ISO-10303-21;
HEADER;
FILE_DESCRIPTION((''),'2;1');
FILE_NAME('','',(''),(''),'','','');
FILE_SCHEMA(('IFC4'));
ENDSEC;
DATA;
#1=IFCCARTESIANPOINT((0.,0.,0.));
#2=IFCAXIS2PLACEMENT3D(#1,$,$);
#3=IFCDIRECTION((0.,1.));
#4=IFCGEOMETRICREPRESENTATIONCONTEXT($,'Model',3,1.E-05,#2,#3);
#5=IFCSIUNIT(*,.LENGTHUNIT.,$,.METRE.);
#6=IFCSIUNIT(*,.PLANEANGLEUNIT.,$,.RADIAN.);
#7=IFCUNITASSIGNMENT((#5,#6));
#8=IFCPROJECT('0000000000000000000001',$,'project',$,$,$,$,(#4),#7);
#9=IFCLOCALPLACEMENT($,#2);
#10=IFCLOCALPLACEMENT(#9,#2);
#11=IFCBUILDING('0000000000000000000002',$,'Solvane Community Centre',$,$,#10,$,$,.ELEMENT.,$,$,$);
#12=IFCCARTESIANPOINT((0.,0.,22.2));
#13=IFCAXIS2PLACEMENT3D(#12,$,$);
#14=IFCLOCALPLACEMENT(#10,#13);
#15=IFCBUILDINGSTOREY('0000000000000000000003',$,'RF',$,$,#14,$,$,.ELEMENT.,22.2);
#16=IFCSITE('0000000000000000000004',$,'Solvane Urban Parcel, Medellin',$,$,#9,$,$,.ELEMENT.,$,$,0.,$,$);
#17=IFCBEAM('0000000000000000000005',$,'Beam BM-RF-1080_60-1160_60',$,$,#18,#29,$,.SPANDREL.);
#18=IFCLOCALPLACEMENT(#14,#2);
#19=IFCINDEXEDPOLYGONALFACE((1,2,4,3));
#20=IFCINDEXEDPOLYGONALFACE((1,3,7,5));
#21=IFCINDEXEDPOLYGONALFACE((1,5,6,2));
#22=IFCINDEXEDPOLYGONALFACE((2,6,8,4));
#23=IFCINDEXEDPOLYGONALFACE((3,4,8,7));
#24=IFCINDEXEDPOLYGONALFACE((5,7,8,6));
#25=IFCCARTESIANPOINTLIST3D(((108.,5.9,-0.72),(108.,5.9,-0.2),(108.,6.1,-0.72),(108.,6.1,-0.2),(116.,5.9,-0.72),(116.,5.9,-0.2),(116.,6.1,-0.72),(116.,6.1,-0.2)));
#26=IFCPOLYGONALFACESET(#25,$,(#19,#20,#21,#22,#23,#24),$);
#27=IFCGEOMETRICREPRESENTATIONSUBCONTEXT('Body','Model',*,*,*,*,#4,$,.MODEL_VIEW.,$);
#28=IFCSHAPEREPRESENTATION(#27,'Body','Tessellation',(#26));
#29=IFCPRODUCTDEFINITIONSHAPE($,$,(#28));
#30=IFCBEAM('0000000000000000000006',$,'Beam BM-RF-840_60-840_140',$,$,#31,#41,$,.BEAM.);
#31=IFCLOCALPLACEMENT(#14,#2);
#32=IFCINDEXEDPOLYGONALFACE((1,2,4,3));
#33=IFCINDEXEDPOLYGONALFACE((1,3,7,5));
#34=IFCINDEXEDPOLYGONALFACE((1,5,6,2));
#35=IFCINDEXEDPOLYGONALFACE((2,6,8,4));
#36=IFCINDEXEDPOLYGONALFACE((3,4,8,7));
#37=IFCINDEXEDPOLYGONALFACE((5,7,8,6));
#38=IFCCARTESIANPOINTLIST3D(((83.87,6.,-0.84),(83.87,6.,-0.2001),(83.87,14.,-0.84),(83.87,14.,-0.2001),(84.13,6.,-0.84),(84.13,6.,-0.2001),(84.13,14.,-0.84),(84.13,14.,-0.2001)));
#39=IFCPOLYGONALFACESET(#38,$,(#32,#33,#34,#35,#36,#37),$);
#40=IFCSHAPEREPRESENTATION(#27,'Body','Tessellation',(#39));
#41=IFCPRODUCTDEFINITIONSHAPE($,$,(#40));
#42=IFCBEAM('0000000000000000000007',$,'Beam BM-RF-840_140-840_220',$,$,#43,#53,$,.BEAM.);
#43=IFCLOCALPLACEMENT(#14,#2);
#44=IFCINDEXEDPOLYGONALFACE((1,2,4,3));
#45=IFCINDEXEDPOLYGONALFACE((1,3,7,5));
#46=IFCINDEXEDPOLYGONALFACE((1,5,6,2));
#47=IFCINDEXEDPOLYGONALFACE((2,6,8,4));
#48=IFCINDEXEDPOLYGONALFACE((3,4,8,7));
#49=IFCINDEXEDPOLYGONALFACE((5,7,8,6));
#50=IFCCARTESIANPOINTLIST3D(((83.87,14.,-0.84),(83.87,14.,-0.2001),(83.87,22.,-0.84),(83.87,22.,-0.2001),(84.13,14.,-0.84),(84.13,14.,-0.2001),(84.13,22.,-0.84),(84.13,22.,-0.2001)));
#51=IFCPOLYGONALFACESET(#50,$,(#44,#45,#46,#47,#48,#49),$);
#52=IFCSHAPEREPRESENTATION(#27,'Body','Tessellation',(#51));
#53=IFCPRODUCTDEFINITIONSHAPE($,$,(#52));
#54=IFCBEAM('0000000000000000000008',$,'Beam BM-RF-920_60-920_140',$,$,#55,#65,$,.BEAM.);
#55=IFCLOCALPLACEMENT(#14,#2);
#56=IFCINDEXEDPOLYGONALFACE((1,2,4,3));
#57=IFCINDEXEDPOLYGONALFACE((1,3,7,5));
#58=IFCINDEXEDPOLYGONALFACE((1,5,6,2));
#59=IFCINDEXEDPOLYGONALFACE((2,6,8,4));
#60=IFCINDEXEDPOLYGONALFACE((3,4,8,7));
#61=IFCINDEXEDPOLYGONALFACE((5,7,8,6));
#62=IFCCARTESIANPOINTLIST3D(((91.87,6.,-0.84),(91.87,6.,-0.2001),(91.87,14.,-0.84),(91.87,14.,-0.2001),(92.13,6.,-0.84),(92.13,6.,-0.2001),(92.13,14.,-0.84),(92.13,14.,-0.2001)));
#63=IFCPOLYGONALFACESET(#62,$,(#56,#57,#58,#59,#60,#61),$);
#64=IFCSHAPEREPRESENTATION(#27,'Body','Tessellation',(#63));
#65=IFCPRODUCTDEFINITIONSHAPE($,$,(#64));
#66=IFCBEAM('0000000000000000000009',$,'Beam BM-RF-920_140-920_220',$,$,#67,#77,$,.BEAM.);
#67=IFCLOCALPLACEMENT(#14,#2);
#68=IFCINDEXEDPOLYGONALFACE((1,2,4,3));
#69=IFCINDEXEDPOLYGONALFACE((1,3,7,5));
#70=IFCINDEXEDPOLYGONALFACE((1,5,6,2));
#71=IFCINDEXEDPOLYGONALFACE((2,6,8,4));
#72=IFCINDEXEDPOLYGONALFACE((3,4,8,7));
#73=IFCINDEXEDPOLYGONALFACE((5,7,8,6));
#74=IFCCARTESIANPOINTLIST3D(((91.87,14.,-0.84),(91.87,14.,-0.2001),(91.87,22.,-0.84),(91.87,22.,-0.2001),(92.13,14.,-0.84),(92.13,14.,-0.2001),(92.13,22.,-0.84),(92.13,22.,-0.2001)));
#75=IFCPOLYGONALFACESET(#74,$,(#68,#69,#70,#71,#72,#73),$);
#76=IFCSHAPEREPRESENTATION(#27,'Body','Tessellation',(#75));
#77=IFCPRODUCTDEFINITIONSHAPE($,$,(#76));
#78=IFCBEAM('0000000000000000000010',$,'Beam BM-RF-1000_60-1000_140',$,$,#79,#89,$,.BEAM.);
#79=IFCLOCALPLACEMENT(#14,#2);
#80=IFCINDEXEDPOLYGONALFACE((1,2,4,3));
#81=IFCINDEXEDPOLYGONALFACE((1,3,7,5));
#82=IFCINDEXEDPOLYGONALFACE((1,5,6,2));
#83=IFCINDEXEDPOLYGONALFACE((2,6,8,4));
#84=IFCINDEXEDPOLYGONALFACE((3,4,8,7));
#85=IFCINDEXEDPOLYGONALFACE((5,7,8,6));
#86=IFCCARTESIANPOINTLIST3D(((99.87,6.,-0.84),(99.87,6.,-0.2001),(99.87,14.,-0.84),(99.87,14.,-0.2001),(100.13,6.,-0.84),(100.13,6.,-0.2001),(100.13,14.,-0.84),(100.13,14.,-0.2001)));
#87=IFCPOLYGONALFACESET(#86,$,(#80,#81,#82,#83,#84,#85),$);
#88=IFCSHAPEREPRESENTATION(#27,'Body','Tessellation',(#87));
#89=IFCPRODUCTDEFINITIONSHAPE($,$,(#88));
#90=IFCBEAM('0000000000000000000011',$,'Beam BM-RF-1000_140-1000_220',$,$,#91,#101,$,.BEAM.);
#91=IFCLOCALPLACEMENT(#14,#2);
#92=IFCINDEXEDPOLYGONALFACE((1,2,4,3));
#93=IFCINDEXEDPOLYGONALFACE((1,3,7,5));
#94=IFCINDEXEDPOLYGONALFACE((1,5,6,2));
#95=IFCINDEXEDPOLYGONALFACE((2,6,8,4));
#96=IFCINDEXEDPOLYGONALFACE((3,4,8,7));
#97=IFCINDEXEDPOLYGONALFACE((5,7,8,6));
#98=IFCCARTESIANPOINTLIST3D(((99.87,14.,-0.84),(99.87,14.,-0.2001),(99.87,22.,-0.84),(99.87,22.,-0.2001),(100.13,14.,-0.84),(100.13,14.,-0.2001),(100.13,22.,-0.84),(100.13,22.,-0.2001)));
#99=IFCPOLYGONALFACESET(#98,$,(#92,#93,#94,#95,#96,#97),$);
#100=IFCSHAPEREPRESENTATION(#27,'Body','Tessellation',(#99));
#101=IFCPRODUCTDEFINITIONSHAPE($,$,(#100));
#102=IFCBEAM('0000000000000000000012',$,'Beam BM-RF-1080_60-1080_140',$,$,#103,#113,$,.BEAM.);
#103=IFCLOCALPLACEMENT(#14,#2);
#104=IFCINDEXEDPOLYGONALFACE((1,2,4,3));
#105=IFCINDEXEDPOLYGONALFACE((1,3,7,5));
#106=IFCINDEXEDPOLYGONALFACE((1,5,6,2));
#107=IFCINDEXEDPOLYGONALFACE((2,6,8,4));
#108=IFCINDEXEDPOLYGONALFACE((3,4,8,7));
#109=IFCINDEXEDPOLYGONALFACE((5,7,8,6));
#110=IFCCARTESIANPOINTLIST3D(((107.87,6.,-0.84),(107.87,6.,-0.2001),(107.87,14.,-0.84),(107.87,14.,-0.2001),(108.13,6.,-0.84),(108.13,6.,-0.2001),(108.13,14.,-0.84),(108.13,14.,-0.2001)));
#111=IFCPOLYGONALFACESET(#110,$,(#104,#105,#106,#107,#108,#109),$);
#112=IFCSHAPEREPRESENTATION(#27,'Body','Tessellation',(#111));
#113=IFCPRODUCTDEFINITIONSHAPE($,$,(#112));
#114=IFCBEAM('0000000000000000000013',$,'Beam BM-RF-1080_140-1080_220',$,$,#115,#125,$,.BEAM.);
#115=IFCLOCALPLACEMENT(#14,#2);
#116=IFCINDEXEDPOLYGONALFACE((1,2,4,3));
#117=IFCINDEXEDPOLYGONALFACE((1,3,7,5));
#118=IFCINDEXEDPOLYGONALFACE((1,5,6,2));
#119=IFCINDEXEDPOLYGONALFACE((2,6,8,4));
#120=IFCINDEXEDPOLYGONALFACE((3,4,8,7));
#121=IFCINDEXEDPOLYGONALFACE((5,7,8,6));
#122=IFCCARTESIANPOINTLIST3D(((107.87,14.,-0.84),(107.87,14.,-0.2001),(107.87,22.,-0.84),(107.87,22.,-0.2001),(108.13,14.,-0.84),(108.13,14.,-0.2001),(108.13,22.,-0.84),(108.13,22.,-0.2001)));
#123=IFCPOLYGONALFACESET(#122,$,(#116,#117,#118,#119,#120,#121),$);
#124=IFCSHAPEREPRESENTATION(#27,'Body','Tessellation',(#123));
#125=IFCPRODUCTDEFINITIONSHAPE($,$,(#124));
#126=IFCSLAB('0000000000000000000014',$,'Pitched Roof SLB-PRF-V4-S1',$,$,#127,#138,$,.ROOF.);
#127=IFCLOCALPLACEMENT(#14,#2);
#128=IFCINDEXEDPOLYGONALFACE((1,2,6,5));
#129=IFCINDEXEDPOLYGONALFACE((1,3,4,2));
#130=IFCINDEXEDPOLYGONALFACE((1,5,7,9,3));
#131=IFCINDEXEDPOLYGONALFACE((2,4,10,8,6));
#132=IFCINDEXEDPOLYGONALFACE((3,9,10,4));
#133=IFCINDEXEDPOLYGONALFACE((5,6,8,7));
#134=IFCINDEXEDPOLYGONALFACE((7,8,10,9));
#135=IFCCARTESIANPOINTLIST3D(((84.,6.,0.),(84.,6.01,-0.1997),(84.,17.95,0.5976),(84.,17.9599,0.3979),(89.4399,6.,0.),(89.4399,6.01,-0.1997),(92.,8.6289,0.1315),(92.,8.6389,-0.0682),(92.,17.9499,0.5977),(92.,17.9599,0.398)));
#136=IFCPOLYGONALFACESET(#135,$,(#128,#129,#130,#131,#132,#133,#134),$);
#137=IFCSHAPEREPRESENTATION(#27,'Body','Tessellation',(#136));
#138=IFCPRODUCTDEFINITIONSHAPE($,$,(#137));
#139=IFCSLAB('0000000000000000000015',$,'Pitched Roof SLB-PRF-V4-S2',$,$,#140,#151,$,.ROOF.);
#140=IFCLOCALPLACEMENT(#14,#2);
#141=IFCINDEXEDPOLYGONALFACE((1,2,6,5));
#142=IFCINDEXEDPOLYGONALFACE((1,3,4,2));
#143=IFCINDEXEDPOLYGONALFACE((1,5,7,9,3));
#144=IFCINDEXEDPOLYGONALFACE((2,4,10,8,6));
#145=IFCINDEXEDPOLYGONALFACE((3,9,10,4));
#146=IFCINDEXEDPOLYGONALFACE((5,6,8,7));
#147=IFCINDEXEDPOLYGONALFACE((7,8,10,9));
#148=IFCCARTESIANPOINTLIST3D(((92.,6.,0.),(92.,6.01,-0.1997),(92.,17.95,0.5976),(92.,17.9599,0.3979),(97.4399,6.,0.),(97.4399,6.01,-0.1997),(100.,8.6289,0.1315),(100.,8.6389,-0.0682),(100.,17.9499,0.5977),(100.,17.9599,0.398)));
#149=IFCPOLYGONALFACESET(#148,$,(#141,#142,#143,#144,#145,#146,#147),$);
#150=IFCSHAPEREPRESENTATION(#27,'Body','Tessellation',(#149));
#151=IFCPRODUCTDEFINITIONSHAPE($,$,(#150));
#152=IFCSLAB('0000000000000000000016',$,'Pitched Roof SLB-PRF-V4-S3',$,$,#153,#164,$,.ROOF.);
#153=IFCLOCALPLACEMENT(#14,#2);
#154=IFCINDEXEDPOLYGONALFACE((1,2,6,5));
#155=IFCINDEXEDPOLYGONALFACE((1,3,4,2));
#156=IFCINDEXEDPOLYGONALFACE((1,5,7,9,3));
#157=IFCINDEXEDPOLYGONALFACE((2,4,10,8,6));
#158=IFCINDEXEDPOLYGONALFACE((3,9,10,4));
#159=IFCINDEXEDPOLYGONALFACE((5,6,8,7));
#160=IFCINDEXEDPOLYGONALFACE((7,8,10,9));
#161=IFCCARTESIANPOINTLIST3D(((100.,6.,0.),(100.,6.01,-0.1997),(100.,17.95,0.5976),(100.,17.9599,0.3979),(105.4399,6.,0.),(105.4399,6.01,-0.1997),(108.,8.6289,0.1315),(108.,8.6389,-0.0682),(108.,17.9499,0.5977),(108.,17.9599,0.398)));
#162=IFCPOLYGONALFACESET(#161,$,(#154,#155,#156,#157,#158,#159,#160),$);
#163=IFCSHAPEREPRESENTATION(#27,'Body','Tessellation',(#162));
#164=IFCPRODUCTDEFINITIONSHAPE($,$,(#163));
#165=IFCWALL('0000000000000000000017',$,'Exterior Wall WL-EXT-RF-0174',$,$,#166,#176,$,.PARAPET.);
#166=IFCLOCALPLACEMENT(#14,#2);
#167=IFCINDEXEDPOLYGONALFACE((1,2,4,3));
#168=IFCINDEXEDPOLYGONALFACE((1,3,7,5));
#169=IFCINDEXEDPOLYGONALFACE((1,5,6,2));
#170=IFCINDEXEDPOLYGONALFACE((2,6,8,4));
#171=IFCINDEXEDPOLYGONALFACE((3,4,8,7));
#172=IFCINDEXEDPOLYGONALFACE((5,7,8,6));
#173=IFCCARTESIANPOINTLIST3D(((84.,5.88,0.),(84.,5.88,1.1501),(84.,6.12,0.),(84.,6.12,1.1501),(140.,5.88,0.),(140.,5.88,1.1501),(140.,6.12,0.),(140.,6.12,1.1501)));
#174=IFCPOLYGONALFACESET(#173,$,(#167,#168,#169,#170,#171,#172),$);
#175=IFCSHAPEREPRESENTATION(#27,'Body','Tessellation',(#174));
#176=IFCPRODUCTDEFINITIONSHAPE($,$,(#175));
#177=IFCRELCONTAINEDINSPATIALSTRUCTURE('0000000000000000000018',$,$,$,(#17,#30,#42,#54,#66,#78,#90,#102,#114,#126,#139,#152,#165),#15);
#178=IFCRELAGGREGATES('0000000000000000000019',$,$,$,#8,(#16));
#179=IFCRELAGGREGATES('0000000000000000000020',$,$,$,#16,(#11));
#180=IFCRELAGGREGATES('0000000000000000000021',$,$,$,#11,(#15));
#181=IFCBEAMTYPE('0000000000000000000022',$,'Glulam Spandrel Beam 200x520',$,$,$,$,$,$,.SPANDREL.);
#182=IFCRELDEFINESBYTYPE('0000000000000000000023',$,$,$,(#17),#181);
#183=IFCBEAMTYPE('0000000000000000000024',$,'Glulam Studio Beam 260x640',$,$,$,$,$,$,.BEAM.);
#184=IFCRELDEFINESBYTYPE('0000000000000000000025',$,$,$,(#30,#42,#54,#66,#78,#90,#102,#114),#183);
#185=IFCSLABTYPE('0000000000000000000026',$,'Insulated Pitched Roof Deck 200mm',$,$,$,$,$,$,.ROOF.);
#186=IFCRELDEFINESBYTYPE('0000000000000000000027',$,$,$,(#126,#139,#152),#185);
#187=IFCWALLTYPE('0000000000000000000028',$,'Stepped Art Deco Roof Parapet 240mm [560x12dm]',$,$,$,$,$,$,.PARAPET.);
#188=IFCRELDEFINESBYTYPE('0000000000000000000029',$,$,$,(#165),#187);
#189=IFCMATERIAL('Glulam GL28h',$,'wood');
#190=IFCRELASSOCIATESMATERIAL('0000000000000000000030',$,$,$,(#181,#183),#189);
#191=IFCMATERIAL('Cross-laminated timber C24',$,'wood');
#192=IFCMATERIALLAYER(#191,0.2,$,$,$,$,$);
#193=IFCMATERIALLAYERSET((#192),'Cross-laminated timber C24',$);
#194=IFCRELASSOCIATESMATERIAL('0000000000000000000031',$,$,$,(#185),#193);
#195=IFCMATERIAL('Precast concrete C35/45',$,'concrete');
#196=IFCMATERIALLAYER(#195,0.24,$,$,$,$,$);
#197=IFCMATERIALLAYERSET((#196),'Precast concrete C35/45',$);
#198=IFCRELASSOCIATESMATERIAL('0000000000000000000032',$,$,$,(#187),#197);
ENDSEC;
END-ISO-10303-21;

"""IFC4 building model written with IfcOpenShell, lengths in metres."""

from ifc_helpers import new_model, si_unit, direction, frame, frame_2d, origin, origin_2d, place, context, subcontext, project, spatial, polyline, rectangle, outline, extrude, material, layer, layer_set, material_profile, profile_set, type_object, element, save


model = new_model("IFC4")

# Units and contexts
model_context = context("Model", 3, precision=1e-05, world=origin(), true_north=direction((0.0, 1.0)))
body_context = subcontext(model_context, "Body", "Model", "MODEL_VIEW")
ifc_project = project(units=[si_unit("LENGTHUNIT", "METRE"), si_unit("PLANEANGLEUNIT", "RADIAN")], contexts=[model_context])

# Site, building, storey
site_placement = place(None, origin())
site = spatial("IfcSite", under=ifc_project, at=site_placement, Name="Solvane Urban Parcel, Medellin", CompositionType="ELEMENT", RefElevation=0.0)
building_placement = place(site_placement, origin())
building = spatial("IfcBuilding", under=site, at=building_placement, Name="Solvane Community Centre", CompositionType="ELEMENT")
storey_placement = place(building_placement, frame((0.0, 0.0, 22.2)))
storey = spatial("IfcBuildingStorey", under=building, at=storey_placement, Name="RF", CompositionType="ELEMENT", Elevation=22.2)

# Beams
ifc_material_1 = material(Name="Glulam GL28h", Category="wood")
ifc_material_profile_1 = material_profile(ifc_material_1, rectangle(XDim=0.2, YDim=0.52, at=origin_2d()), Name="GL28h 200x520")
ifc_profile_set_1 = profile_set([ifc_material_profile_1], Name="Glulam GL28h")
beam_type_1 = type_object("IfcBeamType", Name="Glulam Spandrel Beam 200x520", PredefinedType="SPANDREL", material=ifc_profile_set_1)
for number, where, z_axis, x_axis, name in (
    (1, (108.0, 6.0, -0.46), (1.0, 0.0, 0.0), (0.0, 1.0, 0.0), "Beam BM-RF-1080_60-1160_60"),
):
    element("IfcBeam", number, at=place(storey_placement, frame(where, z_axis=z_axis, x_axis=x_axis)), inside=storey, type_object=beam_type_1, Name=name, PredefinedType="SPANDREL", context=body_context, shape_type="SweptSolid", body=[
        extrude(rectangle(XDim=0.2, YDim=0.52, at=origin_2d()), origin(), (0.0, 0.0, 1.0), 8.0),
    ])
ifc_material_profile_2 = material_profile(ifc_material_1, rectangle(XDim=0.26, YDim=0.6399, at=origin_2d()), Name="GL28h 260x640")
ifc_profile_set_2 = profile_set([ifc_material_profile_2], Name="Glulam GL28h")
beam_type_2 = type_object("IfcBeamType", Name="Glulam Studio Beam 260x640", PredefinedType="BEAM", material=ifc_profile_set_2)
for number, where, z_axis, x_axis, name in (
    (2, (84.0, 6.0, -0.52), (0.0, 1.0, 0.0), (-1.0, 0.0, 0.0), "Beam BM-RF-840_60-840_140"),
    (3, (84.0, 14.0, -0.52), (0.0, 1.0, 0.0), (-1.0, 0.0, 0.0), "Beam BM-RF-840_140-840_220"),
    (4, (92.0, 6.0, -0.52), (0.0, 1.0, 0.0), (-1.0, 0.0, 0.0), "Beam BM-RF-920_60-920_140"),
    (5, (92.0, 14.0, -0.52), (0.0, 1.0, 0.0), (-1.0, 0.0, 0.0), "Beam BM-RF-920_140-920_220"),
    (6, (100.0, 6.0, -0.52), (0.0, 1.0, 0.0), (-1.0, 0.0, 0.0), "Beam BM-RF-1000_60-1000_140"),
    (7, (100.0, 14.0, -0.52), (0.0, 1.0, 0.0), (-1.0, 0.0, 0.0), "Beam BM-RF-1000_140-1000_220"),
    (8, (108.0, 6.0, -0.52), (0.0, 1.0, 0.0), (-1.0, 0.0, 0.0), "Beam BM-RF-1080_60-1080_140"),
    (9, (108.0, 14.0, -0.52), (0.0, 1.0, 0.0), (-1.0, 0.0, 0.0), "Beam BM-RF-1080_140-1080_220"),
):
    element("IfcBeam", number, at=place(storey_placement, frame(where, z_axis=z_axis, x_axis=x_axis)), inside=storey, type_object=beam_type_2, Name=name, PredefinedType="BEAM", context=body_context, shape_type="SweptSolid", body=[
        extrude(rectangle(XDim=0.26, YDim=0.6399, at=origin_2d()), origin(), (0.0, 0.0, 1.0), 8.0),
    ])

# Slabs
ifc_material_2 = material(Name="Cross-laminated timber C24", Category="wood")
ifc_layer_1 = layer(ifc_material_2, 0.2)
ifc_layer_set_1 = layer_set([ifc_layer_1], Name="Cross-laminated timber C24")
slab_type = type_object("IfcSlabType", Name="Insulated Pitched Roof Deck 200mm", PredefinedType="ROOF", material=ifc_layer_set_1)
for number, where, z_axis, x_axis, name in (
    (10, (84.0, 6.0, 0.0), (-0.000007, -0.049949, 0.998752), (1.0, 0.0, 0.000007), "Pitched Roof SLB-PRF-V4-S1"),
    (11, (92.0, 6.0, 0.0), (-0.000007, -0.049949, 0.998752), (1.0, 0.0, 0.000007), "Pitched Roof SLB-PRF-V4-S2"),
    (12, (100.0, 6.0, 0.0), (-0.000007, -0.049949, 0.998752), (1.0, 0.0, 0.000007), "Pitched Roof SLB-PRF-V4-S3"),
):
    element("IfcSlab", number, at=place(storey_placement, frame(where, z_axis=z_axis, x_axis=x_axis)), inside=storey, type_object=slab_type, Name=name, PredefinedType="ROOF", context=body_context, shape_type="SweptSolid", body=[
        extrude(outline(polyline([(0.0, 0.0), (5.4399, 0.0), (8.0, 2.6322), (8.0, 11.9649), (0.0, 11.9649), (0.0, 0.0)])), origin(), (0.0, 0.0, -1.0), 0.2),
    ])

# Wall
ifc_material_3 = material(Name="Precast concrete C35/45", Category="concrete")
ifc_layer_2 = layer(ifc_material_3, 0.24)
ifc_layer_set_2 = layer_set([ifc_layer_2], Name="Precast concrete C35/45")
wall_type = type_object("IfcWallType", Name="Stepped Art Deco Roof Parapet 240mm [560x12dm]", PredefinedType="PARAPET", material=ifc_layer_set_2)
wall_placement = place(storey_placement, frame((84.0, 6.0, 0.0), z_axis=(0.0, 0.0, 1.0), x_axis=(1.0, 0.0, 0.0)))
element("IfcWall", 13, at=wall_placement, inside=storey, type_object=wall_type, Name="Exterior Wall WL-EXT-RF-0174", PredefinedType="PARAPET", context=body_context, shape_type="SweptSolid", body=[
    extrude(rectangle(XDim=56.0, YDim=0.24, at=frame_2d((28.0, 0.0))), origin(), (0.0, 0.0, 1.0), 1.1501),
])

save(model, "model.ifc")
